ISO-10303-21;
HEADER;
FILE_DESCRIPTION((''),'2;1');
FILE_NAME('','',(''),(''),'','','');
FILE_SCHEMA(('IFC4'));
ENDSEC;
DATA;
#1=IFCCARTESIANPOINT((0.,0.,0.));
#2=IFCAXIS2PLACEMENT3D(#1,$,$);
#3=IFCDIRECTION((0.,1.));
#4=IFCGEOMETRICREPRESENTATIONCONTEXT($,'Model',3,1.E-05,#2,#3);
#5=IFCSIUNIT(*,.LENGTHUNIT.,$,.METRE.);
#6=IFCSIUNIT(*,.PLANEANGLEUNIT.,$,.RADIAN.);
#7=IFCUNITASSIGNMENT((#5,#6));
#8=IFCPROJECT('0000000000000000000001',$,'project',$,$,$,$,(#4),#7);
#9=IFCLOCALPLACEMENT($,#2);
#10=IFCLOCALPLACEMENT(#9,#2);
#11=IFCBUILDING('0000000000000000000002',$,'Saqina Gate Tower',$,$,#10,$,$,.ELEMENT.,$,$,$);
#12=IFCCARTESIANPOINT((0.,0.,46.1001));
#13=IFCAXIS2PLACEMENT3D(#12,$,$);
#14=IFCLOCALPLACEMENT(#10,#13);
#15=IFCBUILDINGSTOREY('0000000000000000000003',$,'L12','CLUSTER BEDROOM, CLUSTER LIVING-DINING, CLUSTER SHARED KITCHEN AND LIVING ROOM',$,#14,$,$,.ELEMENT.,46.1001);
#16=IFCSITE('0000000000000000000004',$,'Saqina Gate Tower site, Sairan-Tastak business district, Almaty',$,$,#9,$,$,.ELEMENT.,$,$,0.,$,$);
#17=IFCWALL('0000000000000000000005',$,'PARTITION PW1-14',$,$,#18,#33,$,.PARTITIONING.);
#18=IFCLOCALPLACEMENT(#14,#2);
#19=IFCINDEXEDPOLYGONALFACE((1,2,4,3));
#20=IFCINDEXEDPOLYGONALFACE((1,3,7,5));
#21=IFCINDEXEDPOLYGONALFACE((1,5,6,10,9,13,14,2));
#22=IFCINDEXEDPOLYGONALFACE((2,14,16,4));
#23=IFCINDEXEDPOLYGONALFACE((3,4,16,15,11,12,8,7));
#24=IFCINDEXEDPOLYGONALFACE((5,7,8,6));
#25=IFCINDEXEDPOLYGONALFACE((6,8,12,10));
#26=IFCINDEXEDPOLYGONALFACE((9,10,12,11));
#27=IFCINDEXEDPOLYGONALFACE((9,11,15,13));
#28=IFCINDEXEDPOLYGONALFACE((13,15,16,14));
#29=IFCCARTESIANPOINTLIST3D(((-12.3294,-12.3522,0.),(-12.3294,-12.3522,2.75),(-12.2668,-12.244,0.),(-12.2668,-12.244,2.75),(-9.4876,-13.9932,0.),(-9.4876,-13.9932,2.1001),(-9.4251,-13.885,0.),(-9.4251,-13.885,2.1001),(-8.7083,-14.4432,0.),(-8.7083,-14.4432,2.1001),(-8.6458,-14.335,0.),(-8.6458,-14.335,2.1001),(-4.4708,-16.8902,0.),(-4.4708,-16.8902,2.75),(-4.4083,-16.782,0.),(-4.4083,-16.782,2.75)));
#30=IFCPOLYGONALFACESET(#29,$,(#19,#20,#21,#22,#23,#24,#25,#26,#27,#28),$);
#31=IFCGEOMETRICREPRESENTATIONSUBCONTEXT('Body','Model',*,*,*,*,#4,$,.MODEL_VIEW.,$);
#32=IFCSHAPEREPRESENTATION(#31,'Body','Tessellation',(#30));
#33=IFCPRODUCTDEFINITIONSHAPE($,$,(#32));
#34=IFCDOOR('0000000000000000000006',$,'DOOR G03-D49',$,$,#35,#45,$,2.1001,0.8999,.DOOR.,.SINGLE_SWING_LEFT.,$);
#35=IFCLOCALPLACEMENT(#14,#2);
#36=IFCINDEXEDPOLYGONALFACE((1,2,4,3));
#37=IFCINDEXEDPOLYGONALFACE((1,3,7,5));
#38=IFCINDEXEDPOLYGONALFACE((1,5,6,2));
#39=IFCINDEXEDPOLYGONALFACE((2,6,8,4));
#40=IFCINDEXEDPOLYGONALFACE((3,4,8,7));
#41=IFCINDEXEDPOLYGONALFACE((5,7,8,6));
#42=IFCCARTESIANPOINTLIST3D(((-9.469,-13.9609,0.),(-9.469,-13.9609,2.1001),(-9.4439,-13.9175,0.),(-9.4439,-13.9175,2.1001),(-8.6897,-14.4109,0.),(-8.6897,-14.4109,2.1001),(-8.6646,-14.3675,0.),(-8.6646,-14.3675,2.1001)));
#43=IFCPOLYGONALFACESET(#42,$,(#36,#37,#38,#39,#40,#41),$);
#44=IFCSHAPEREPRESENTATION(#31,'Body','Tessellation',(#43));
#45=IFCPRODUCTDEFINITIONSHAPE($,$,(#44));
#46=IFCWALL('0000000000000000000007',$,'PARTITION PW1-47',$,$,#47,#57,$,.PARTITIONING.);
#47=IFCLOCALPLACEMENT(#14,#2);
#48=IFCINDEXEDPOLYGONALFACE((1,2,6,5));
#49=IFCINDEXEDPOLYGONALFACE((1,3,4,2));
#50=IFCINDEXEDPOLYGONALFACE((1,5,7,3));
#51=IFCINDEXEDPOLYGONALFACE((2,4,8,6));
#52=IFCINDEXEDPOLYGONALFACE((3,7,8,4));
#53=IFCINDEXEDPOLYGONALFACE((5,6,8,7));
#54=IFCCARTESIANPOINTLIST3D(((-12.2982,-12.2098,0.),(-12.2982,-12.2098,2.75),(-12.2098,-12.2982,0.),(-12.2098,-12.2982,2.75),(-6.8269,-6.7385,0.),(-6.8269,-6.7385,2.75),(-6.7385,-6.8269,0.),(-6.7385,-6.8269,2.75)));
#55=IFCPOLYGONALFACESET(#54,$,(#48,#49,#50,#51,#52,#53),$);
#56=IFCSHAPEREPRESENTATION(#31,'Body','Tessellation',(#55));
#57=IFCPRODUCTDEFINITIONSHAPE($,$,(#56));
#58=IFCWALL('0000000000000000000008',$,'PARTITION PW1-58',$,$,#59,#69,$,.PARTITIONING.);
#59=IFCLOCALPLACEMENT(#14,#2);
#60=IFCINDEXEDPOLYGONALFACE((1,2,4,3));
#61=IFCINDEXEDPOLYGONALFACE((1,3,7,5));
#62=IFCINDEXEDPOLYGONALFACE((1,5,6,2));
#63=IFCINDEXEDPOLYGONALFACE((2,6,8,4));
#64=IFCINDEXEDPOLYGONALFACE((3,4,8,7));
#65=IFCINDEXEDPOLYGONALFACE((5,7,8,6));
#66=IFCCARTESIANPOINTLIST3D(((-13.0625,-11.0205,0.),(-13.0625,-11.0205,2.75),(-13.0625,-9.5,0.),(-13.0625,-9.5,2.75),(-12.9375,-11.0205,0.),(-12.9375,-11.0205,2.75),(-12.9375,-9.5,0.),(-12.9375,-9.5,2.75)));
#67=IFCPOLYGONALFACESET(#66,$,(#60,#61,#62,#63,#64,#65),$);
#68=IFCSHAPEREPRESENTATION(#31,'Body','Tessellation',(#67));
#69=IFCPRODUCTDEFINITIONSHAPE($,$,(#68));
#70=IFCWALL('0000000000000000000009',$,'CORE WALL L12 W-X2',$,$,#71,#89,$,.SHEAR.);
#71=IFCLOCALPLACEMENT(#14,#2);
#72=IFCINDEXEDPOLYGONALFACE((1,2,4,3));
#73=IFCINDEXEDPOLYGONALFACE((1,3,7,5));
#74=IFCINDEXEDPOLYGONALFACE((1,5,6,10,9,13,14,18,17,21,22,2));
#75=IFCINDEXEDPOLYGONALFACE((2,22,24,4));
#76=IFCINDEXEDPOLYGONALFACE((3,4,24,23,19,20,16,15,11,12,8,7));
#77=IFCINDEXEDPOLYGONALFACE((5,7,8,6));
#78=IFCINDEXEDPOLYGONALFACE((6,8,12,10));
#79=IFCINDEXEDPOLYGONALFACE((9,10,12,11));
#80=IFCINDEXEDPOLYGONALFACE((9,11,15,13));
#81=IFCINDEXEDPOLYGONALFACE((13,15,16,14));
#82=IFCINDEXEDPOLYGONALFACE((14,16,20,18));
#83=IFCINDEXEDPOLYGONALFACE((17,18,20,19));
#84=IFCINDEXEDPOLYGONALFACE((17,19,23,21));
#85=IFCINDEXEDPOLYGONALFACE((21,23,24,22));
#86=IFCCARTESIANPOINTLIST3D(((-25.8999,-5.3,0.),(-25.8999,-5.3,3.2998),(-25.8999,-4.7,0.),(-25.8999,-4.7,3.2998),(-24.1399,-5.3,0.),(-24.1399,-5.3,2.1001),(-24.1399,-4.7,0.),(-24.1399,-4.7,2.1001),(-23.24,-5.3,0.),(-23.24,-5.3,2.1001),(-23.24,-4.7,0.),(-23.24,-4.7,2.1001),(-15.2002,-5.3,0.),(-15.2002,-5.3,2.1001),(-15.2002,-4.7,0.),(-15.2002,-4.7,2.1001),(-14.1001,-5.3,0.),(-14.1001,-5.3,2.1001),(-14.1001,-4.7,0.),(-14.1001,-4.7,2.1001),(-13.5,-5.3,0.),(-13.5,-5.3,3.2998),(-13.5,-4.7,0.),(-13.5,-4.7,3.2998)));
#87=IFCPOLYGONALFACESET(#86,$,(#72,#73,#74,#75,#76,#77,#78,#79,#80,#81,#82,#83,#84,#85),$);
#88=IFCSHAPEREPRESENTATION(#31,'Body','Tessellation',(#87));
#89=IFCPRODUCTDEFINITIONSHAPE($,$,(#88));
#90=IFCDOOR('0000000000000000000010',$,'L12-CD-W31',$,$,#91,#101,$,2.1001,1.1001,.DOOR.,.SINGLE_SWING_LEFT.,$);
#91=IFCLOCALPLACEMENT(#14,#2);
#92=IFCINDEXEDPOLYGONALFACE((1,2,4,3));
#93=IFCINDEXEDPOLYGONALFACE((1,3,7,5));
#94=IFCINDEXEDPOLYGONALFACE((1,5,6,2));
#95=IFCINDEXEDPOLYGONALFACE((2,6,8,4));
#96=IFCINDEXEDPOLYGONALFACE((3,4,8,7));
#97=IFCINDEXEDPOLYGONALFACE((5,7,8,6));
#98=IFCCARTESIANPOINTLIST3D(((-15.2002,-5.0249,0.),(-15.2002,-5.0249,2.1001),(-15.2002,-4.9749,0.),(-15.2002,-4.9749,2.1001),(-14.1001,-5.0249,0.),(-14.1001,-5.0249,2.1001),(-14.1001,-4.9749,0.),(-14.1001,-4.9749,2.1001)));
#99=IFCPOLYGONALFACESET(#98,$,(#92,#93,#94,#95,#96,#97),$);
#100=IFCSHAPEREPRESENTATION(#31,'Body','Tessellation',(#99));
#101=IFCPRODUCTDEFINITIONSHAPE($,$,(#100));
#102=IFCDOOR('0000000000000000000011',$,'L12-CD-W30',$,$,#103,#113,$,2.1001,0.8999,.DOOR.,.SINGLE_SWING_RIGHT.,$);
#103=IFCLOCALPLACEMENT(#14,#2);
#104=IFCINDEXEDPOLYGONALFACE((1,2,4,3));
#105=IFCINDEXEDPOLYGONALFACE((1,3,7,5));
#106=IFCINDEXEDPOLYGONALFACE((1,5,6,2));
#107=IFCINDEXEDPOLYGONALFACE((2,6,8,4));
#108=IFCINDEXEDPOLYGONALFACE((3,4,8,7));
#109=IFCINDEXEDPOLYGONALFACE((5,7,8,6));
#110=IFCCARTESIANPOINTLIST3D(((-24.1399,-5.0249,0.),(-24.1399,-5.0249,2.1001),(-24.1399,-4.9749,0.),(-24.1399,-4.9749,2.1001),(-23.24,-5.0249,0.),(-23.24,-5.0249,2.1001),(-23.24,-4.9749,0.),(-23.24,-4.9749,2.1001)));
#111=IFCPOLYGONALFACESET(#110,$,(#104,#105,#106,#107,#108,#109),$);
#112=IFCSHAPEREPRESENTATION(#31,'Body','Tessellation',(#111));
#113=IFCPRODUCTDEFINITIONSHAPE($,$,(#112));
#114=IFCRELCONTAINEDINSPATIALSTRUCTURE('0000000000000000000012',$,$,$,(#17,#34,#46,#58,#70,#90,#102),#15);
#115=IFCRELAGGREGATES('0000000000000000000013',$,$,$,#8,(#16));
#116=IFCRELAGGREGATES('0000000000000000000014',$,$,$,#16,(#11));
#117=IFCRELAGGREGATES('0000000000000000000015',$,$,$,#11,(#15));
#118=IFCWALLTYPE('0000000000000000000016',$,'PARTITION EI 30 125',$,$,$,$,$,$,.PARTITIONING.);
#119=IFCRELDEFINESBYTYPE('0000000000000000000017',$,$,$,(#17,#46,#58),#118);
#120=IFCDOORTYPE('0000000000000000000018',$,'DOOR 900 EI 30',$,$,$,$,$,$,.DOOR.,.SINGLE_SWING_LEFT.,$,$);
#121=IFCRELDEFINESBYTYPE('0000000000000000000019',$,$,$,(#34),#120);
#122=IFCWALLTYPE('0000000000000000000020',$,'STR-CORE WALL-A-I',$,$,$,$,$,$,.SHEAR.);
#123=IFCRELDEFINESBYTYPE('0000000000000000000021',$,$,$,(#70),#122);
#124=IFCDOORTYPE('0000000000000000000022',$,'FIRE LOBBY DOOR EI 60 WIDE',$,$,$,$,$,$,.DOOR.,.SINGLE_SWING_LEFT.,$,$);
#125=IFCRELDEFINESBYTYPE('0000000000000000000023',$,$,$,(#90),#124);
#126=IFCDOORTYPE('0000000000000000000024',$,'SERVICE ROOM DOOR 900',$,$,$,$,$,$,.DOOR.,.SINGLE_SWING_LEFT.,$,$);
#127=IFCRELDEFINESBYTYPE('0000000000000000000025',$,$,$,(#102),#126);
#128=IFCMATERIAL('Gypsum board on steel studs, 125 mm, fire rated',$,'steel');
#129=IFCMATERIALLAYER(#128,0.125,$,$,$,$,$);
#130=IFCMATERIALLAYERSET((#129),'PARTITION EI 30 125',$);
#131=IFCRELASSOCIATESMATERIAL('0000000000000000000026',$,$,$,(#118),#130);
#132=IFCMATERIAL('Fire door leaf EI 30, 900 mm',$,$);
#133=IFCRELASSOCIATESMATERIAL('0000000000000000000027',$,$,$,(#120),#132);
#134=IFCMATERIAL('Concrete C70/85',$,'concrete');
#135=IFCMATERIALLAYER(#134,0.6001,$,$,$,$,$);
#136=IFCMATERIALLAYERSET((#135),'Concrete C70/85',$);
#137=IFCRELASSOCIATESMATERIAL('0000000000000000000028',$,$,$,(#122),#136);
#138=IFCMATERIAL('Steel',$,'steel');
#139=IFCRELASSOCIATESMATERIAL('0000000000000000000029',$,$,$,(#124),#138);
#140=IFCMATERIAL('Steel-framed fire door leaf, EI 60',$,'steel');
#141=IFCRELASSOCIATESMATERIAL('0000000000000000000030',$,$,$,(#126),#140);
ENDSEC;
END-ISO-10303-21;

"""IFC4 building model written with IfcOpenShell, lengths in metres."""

from ifc_helpers import new_model, si_unit, direction, frame, frame_2d, origin, place, context, subcontext, project, spatial, rectangle, extrude, material, layer, layer_set, type_object, element, fill, save


model = new_model("IFC4")

# Units and contexts
model_context = context("Model", 3, precision=1e-05, world=origin(), true_north=direction((0.0, 1.0)))
body_context = subcontext(model_context, "Body", "Model", "MODEL_VIEW")
ifc_project = project(units=[si_unit("LENGTHUNIT", "METRE"), si_unit("PLANEANGLEUNIT", "RADIAN")], contexts=[model_context])

# Site, building, storey
site_placement = place(None, origin())
site = spatial("IfcSite", under=ifc_project, at=site_placement, Name="Saqina Gate Tower site, Sairan-Tastak business district, Almaty", CompositionType="ELEMENT", RefElevation=0.0)
building_placement = place(site_placement, origin())
building = spatial("IfcBuilding", under=site, at=building_placement, Name="Saqina Gate Tower", CompositionType="ELEMENT")
storey_placement = place(building_placement, frame((0.0, 0.0, 46.1001)))
storey = spatial("IfcBuildingStorey", under=building, at=storey_placement, Name="L12", Description="CLUSTER BEDROOM, CLUSTER LIVING-DINING, CLUSTER SHARED KITCHEN AND LIVING ROOM", CompositionType="ELEMENT", Elevation=46.1001)

# Wall, opening, door
ifc_material_1 = material(Name="Gypsum board on steel studs, 125 mm, fire rated", Category="steel")
ifc_layer_1 = layer(ifc_material_1, 0.125)
ifc_layer_set_1 = layer_set([ifc_layer_1], Name="PARTITION EI 30 125")
wall_type_1 = type_object("IfcWallType", Name="PARTITION EI 30 125", PredefinedType="PARTITIONING", material=ifc_layer_set_1)
wall_1_placement = place(storey_placement, frame((-12.2981, -12.2981, 0.0), z_axis=(0.0, 0.0, 1.0), x_axis=(0.865983, -0.500074, 0.0)))
wall_1 = element("IfcWall", 1, at=wall_1_placement, inside=storey, type_object=wall_type_1, Name="PARTITION PW1-14", PredefinedType="PARTITIONING", context=body_context, shape_type="SweptSolid", body=[
    extrude(rectangle(XDim=9.0747, YDim=0.125, at=frame_2d((4.5374, 0.0))), origin(), (0.0, 0.0, 1.0), 2.75),
])
opening_1_placement = place(wall_1_placement, frame((3.2815, 0.0, 0.0)))
opening_1 = element("IfcOpeningElement", 2, at=opening_1_placement, cuts=wall_1, PredefinedType="OPENING", context=body_context, shape_type="SweptSolid", body=[
    extrude(rectangle(XDim=0.8999, YDim=2.1001, at=frame_2d((0.45, 1.05))), frame((0.0, 0.0745, 0.0), z_axis=(0.0, -1.0, 0.0), x_axis=(1.0, 0.0, 0.0)), (0.0, 0.0, 1.0), 0.1489),
])
ifc_material_2 = material(Name="Fire door leaf EI 30, 900 mm")
door_type_1 = type_object("IfcDoorType", Name="DOOR 900 EI 30", OperationType="SINGLE_SWING_LEFT", PredefinedType="DOOR", material=ifc_material_2)
door_1_placement = place(opening_1_placement, origin())
door_1 = element("IfcDoor", 3, at=door_1_placement, inside=storey, type_object=door_type_1, Name="DOOR G03-D49", OperationType="SINGLE_SWING_LEFT", OverallHeight=2.1001, OverallWidth=0.8999, PredefinedType="DOOR", context=body_context, shape_type="SweptSolid", body=[
    extrude(rectangle(XDim=0.8999, YDim=2.1001, at=frame_2d((0.45, 1.05))), frame((0.0, 0.0249, 0.0), z_axis=(0.0, -1.0, 0.0), x_axis=(1.0, 0.0, 0.0)), (0.0, 0.0, 1.0), 0.05),
])
fill(opening_1, door_1)

# Walls
wall_2_placement = place(storey_placement, frame((-12.2539, -12.2539, 0.0), z_axis=(0.0, 0.0, 1.0), x_axis=(0.707107, 0.707107, 0.0)))
element("IfcWall", 4, at=wall_2_placement, inside=storey, type_object=wall_type_1, Name="PARTITION PW1-47", PredefinedType="PARTITIONING", context=body_context, shape_type="SweptSolid", body=[
    extrude(rectangle(XDim=7.7375, YDim=0.125, at=frame_2d((3.8687, 0.0))), origin(), (0.0, 0.0, 1.0), 2.75),
])
wall_3_placement = place(storey_placement, frame((-13.0, -11.0205, 0.0), z_axis=(0.0, 0.0, 1.0), x_axis=(0.0, 1.0, 0.0)))
element("IfcWall", 5, at=wall_3_placement, inside=storey, type_object=wall_type_1, Name="PARTITION PW1-58", PredefinedType="PARTITIONING", context=body_context, shape_type="SweptSolid", body=[
    extrude(rectangle(XDim=1.5205, YDim=0.125, at=frame_2d((0.7603, 0.0))), origin(), (0.0, 0.0, 1.0), 2.75),
])

# Wall, openings, doors
ifc_material_3 = material(Name="Concrete C70/85", Category="concrete")
ifc_layer_2 = layer(ifc_material_3, 0.6001)
ifc_layer_set_2 = layer_set([ifc_layer_2], Name="Concrete C70/85")
wall_type_2 = type_object("IfcWallType", Name="STR-CORE WALL-A-I", PredefinedType="SHEAR", material=ifc_layer_set_2)
wall_4_placement = place(storey_placement, frame((-13.5, -5.0, 0.0), z_axis=(0.0, 0.0, 1.0), x_axis=(-1.0, 0.0, 0.0)))
wall_4 = element("IfcWall", 6, at=wall_4_placement, inside=storey, type_object=wall_type_2, Name="CORE WALL L12 W-X2", PredefinedType="SHEAR", context=body_context, shape_type="SweptSolid", body=[
    extrude(rectangle(XDim=12.3999, YDim=0.6001, at=frame_2d((6.2, 0.0))), origin(), (0.0, 0.0, 1.0), 3.2998),
])
opening_2_placement = place(wall_4_placement, frame((9.74, 0.0, 0.0)))
opening_2 = element("IfcOpeningElement", 7, at=opening_2_placement, cuts=wall_4, PredefinedType="OPENING", context=body_context, shape_type="SweptSolid", body=[
    extrude(rectangle(XDim=0.8999, YDim=2.1001, at=frame_2d((0.45, 1.05))), frame((0.0, 0.312, 0.0), z_axis=(0.0, -1.0, 0.0), x_axis=(1.0, 0.0, 0.0)), (0.0, 0.0, 1.0), 0.624),
])
opening_3_placement = place(wall_4_placement, frame((0.6001, 0.0, 0.0)))
opening_3 = element("IfcOpeningElement", 8, at=opening_3_placement, cuts=wall_4, PredefinedType="OPENING", context=body_context, shape_type="SweptSolid", body=[
    extrude(rectangle(XDim=1.1001, YDim=2.1001, at=frame_2d((0.55, 1.05))), frame((0.0, 0.312, 0.0), z_axis=(0.0, -1.0, 0.0), x_axis=(1.0, 0.0, 0.0)), (0.0, 0.0, 1.0), 0.624),
])
ifc_material_4 = material(Name="Steel", Category="steel")
door_type_2 = type_object("IfcDoorType", Name="FIRE LOBBY DOOR EI 60 WIDE", OperationType="SINGLE_SWING_LEFT", PredefinedType="DOOR", material=ifc_material_4)
door_2_placement = place(opening_3_placement, origin())
door_2 = element("IfcDoor", 9, at=door_2_placement, inside=storey, type_object=door_type_2, Name="L12-CD-W31", OperationType="SINGLE_SWING_LEFT", OverallHeight=2.1001, OverallWidth=1.1001, PredefinedType="DOOR", context=body_context, shape_type="SweptSolid", body=[
    extrude(rectangle(XDim=1.1001, YDim=2.1001, at=frame_2d((0.55, 1.05))), frame((0.0, 0.0249, 0.0), z_axis=(0.0, -1.0, 0.0), x_axis=(1.0, 0.0, 0.0)), (0.0, 0.0, 1.0), 0.05),
])
fill(opening_3, door_2)
ifc_material_5 = material(Name="Steel-framed fire door leaf, EI 60", Category="steel")
door_type_3 = type_object("IfcDoorType", Name="SERVICE ROOM DOOR 900", OperationType="SINGLE_SWING_LEFT", PredefinedType="DOOR", material=ifc_material_5)
door_3_placement = place(opening_2_placement, origin())
door_3 = element("IfcDoor", 10, at=door_3_placement, inside=storey, type_object=door_type_3, Name="L12-CD-W30", OperationType="SINGLE_SWING_RIGHT", OverallHeight=2.1001, OverallWidth=0.8999, PredefinedType="DOOR", context=body_context, shape_type="SweptSolid", body=[
    extrude(rectangle(XDim=0.8999, YDim=2.1001, at=frame_2d((0.45, 1.05))), frame((0.0, 0.0249, 0.0), z_axis=(0.0, -1.0, 0.0), x_axis=(1.0, 0.0, 0.0)), (0.0, 0.0, 1.0), 0.05),
])
fill(opening_2, door_3)

save(model, "model.ifc")
